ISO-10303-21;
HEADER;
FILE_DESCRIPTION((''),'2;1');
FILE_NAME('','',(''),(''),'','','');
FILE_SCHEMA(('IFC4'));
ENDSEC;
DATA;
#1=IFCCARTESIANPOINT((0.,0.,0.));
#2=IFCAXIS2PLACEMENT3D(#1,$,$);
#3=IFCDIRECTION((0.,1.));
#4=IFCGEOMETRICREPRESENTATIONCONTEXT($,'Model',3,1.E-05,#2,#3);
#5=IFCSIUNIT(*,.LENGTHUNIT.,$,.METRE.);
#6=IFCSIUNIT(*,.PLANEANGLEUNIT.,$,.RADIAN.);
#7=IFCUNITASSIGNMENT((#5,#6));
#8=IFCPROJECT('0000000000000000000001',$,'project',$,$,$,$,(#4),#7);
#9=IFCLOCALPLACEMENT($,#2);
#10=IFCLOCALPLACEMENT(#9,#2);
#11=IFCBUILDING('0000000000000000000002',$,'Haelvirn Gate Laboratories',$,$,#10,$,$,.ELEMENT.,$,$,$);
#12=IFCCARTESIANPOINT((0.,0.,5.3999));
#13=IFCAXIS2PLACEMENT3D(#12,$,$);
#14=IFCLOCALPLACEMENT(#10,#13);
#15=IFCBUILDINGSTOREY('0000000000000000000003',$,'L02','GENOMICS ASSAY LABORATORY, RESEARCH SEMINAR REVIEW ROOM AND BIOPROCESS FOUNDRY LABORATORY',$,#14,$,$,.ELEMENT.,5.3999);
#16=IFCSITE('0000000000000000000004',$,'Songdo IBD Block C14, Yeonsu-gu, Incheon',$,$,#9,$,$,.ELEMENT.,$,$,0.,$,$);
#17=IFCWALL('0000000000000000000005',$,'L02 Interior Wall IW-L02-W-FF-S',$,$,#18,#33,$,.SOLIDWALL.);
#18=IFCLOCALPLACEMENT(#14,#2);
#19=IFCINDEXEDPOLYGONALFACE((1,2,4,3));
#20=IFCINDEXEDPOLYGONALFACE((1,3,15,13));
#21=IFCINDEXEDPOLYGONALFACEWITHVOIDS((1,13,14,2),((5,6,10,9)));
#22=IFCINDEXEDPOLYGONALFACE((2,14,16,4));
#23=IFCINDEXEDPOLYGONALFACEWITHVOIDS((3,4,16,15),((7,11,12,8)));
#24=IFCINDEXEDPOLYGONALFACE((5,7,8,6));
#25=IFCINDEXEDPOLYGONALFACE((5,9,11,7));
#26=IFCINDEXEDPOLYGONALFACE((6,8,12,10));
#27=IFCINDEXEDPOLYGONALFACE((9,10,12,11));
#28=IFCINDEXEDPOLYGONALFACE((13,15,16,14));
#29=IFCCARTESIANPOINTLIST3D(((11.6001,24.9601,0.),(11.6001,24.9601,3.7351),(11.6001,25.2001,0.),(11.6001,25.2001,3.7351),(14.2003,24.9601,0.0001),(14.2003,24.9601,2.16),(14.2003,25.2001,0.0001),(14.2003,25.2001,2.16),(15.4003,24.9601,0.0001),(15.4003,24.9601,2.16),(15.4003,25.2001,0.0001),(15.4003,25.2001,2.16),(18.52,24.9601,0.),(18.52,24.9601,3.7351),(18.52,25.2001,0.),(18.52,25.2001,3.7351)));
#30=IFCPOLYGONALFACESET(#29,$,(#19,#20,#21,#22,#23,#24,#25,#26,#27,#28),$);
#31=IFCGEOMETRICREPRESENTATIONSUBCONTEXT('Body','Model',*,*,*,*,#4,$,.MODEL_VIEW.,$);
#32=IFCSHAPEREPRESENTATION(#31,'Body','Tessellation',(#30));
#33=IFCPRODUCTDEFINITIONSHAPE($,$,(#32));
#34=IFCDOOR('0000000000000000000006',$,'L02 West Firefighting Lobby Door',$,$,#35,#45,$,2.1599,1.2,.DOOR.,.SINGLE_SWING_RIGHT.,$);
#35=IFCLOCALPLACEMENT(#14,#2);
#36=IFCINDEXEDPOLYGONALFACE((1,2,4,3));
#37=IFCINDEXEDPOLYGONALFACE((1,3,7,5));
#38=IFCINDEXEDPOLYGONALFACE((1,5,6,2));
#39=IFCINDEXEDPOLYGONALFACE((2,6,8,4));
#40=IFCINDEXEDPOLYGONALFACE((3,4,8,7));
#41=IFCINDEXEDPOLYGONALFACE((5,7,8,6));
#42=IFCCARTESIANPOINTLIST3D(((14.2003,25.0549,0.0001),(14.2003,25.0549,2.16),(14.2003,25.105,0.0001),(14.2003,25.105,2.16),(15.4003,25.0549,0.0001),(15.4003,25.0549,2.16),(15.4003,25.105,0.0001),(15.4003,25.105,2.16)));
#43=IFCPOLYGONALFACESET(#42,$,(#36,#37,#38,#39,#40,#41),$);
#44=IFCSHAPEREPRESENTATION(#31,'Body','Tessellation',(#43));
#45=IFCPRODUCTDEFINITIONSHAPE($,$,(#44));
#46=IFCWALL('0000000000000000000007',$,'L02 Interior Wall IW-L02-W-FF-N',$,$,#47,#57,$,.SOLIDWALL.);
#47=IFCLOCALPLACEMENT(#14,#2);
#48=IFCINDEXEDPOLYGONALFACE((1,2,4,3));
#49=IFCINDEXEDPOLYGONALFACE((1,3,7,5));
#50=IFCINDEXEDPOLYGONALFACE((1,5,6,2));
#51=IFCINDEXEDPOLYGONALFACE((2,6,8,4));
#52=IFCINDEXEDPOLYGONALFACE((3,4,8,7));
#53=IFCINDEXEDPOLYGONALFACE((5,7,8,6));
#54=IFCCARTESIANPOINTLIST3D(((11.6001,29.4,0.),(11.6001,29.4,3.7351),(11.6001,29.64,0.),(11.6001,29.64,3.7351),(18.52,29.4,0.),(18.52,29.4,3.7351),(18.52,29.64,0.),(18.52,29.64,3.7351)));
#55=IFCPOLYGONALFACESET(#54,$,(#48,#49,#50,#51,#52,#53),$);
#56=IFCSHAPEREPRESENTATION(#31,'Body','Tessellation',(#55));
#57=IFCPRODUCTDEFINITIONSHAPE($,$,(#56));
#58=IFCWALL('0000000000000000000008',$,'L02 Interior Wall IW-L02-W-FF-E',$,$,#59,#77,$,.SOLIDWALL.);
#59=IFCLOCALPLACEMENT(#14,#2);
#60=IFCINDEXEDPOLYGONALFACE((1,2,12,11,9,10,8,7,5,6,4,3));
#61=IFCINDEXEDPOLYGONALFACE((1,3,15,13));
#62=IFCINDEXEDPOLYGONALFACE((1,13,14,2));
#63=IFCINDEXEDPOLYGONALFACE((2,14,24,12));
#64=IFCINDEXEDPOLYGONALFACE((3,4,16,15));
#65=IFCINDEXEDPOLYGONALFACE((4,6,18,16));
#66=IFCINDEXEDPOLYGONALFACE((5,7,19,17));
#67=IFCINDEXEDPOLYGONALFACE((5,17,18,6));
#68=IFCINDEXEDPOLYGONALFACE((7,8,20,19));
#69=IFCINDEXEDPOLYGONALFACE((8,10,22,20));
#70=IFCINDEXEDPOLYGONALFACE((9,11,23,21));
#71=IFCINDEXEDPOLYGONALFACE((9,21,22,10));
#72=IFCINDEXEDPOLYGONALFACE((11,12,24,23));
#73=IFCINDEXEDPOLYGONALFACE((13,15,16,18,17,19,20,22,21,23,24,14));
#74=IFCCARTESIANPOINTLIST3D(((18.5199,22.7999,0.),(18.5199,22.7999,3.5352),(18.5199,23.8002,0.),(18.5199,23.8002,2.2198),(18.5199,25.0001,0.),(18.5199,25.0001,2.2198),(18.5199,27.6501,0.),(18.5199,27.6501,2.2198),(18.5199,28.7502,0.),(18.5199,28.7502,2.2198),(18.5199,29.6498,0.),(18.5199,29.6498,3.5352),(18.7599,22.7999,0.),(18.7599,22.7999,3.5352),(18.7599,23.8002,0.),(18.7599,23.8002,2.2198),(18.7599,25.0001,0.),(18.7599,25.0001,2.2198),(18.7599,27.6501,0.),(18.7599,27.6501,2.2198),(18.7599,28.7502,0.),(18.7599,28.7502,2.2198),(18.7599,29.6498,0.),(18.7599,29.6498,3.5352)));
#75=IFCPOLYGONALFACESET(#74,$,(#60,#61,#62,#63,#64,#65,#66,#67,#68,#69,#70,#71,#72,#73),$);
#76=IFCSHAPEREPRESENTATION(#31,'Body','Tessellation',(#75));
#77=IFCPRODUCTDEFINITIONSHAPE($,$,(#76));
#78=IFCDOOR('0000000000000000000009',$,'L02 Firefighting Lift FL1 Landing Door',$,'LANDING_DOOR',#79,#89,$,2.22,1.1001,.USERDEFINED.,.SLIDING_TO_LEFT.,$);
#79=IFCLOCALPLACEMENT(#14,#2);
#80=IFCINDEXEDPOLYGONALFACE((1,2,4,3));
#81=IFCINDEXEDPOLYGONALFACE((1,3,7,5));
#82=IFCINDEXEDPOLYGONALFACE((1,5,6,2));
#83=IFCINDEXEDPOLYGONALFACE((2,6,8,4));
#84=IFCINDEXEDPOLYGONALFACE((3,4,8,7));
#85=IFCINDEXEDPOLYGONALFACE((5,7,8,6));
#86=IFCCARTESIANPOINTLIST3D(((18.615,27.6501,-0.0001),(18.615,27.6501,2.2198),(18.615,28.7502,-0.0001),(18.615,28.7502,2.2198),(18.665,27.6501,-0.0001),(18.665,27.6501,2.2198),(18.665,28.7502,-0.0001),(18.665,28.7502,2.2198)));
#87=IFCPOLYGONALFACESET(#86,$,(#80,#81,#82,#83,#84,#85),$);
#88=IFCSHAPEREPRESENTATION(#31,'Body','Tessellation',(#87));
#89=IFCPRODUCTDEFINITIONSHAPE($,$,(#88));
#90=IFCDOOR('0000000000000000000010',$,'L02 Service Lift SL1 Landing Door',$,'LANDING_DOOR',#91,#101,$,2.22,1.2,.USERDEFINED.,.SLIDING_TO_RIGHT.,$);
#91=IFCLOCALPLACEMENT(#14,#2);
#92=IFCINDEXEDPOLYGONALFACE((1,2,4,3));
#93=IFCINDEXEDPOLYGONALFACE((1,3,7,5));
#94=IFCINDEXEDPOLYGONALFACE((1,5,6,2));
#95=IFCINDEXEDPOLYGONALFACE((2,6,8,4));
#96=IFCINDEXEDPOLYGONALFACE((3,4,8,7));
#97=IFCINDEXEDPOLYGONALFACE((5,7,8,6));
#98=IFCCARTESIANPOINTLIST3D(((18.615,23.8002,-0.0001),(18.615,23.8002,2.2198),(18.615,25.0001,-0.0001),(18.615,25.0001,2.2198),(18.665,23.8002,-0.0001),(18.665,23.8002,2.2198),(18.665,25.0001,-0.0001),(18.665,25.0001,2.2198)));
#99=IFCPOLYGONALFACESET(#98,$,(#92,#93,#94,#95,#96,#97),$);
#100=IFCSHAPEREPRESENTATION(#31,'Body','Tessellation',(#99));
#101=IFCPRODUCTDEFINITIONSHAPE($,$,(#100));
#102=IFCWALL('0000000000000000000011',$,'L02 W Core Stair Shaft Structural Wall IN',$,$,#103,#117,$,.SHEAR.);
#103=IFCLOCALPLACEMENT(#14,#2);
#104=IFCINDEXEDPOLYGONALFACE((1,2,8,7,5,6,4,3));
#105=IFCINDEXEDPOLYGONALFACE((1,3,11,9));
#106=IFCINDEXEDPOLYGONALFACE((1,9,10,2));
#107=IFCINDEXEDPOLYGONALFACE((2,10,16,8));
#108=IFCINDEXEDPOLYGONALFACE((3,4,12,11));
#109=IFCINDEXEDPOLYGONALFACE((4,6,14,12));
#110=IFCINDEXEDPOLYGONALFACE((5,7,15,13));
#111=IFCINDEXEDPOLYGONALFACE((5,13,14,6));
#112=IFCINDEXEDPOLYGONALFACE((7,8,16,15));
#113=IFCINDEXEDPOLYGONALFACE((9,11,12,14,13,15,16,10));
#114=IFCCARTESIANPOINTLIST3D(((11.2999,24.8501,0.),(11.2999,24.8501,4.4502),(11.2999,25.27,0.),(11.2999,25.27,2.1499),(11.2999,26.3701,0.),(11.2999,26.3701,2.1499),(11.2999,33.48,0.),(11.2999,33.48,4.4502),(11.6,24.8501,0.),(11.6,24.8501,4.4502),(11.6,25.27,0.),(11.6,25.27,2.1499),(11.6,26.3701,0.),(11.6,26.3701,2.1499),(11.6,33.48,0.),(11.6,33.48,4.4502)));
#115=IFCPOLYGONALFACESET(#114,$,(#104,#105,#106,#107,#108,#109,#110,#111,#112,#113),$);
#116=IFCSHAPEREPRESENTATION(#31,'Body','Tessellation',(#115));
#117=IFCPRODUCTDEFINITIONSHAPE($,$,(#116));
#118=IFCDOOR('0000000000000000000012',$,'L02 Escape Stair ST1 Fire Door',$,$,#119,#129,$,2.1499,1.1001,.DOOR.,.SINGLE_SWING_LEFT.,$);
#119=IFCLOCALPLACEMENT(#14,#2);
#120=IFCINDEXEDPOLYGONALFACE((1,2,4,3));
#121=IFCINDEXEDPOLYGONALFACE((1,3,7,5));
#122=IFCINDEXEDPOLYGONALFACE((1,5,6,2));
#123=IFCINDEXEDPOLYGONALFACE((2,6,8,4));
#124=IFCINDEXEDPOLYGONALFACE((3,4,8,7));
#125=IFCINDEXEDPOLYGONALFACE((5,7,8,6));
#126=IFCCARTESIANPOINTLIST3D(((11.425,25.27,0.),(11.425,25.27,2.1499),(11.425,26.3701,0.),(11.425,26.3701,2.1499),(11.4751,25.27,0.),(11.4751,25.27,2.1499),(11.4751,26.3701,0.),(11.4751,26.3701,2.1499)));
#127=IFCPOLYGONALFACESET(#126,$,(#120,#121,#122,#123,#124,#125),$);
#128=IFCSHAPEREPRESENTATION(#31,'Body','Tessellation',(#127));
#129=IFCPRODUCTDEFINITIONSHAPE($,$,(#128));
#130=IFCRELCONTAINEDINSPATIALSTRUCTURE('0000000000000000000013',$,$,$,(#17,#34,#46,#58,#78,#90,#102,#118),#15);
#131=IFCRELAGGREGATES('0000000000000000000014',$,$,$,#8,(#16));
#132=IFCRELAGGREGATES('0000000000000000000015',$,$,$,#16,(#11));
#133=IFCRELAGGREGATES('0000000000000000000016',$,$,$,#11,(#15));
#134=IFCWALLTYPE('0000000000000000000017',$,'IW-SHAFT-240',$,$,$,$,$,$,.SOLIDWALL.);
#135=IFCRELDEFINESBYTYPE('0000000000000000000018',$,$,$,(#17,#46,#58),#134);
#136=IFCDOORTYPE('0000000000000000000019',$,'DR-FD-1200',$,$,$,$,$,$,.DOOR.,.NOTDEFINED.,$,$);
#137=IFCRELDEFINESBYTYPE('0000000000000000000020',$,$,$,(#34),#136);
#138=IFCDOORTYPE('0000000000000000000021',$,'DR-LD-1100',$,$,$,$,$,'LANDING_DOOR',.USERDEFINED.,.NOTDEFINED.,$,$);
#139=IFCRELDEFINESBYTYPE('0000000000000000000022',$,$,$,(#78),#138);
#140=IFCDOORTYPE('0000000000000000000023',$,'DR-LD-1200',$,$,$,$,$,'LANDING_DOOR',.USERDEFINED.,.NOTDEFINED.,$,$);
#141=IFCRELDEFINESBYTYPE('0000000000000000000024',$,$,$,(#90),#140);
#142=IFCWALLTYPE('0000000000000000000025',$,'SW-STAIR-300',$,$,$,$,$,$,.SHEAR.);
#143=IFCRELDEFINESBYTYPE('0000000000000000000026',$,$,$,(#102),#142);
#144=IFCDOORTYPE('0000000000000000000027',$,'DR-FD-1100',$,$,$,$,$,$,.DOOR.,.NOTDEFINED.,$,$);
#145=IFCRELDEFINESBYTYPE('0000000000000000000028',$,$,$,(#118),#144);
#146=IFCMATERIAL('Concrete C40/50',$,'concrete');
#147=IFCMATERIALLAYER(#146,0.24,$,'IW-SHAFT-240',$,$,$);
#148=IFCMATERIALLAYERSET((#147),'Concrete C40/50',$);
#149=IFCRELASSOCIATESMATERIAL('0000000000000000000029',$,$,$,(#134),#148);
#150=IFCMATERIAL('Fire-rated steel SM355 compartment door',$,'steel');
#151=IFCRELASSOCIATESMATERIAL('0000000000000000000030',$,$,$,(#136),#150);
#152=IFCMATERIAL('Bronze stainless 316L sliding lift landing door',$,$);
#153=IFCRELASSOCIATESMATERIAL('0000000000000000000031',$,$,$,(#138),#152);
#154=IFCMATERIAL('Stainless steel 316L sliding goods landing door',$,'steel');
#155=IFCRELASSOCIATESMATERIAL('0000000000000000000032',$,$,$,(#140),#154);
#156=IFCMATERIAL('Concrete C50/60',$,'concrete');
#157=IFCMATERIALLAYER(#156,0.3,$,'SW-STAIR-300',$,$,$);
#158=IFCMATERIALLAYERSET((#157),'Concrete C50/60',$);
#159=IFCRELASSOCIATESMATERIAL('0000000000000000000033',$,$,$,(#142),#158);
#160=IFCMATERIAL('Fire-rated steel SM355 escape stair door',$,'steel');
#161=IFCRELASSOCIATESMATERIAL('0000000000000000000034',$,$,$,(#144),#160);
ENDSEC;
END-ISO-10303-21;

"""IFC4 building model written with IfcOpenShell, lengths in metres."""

from ifc_helpers import new_model, si_unit, direction, frame, frame_2d, origin, place, context, subcontext, project, spatial, rectangle, extrude, source, transform, mapped, material, layer, layer_set, type_object, type_shapes, element, fill, save


model = new_model("IFC4")

# Units and contexts
model_context = context("Model", 3, precision=1e-05, world=origin(), true_north=direction((0.0, 1.0)))
body_context = subcontext(model_context, "Body", "Model", "MODEL_VIEW")
ifc_project = project(units=[si_unit("LENGTHUNIT", "METRE"), si_unit("PLANEANGLEUNIT", "RADIAN")], contexts=[model_context])

# Site, building, storey
site_placement = place(None, origin())
site = spatial("IfcSite", under=ifc_project, at=site_placement, Name="Songdo IBD Block C14, Yeonsu-gu, Incheon", CompositionType="ELEMENT", RefElevation=0.0)
building_placement = place(site_placement, origin())
building = spatial("IfcBuilding", under=site, at=building_placement, Name="Haelvirn Gate Laboratories", CompositionType="ELEMENT")
storey_placement = place(building_placement, frame((0.0, 0.0, 5.3999)))
storey = spatial("IfcBuildingStorey", under=building, at=storey_placement, Name="L02", Description="GENOMICS ASSAY LABORATORY, RESEARCH SEMINAR REVIEW ROOM AND BIOPROCESS FOUNDRY LABORATORY", CompositionType="ELEMENT", Elevation=5.3999)

# Shared definitions
ifc_material_1 = material(Name="Concrete C40/50", Category="concrete")

# Wall, opening, door
ifc_layer_1 = layer(ifc_material_1, 0.24, Name="IW-SHAFT-240")
ifc_layer_set_1 = layer_set([ifc_layer_1], Name="Concrete C40/50")
wall_type_1 = type_object("IfcWallType", Name="IW-SHAFT-240", PredefinedType="SOLIDWALL", material=ifc_layer_set_1)
wall_1_placement = place(storey_placement, frame((11.6001, 25.0801, 0.0), z_axis=(0.0, 0.0, 1.0), x_axis=(1.0, 0.0, 0.0)))
wall_1 = element("IfcWall", 1, at=wall_1_placement, inside=storey, type_object=wall_type_1, Name="L02 Interior Wall IW-L02-W-FF-S", PredefinedType="SOLIDWALL", context=body_context, shape_type="SweptSolid", body=[
    extrude(rectangle(XDim=6.9199, YDim=0.24, at=frame_2d((3.46, 0.0))), origin(), (0.0, 0.0, 1.0), 3.7351),
])
opening_1_placement = place(wall_1_placement, frame((2.6001, 0.0, 0.0)))
opening_1 = element("IfcOpeningElement", 2, at=opening_1_placement, cuts=wall_1, PredefinedType="OPENING", context=body_context, shape_type="SweptSolid", body=[
    extrude(rectangle(XDim=1.2, YDim=2.1599, at=frame_2d((0.6001, 1.0801))), frame((0.0, 0.1299, 0.0), z_axis=(0.0, -1.0, 0.0), x_axis=(1.0, 0.0, 0.0)), (0.0, 0.0, 1.0), 0.26),
])
ifc_material_2 = material(Name="Fire-rated steel SM355 compartment door", Category="steel")
door_type_1 = type_object("IfcDoorType", Name="DR-FD-1200", OperationType="NOTDEFINED", PredefinedType="DOOR", material=ifc_material_2)
shared_shape_1 = source(origin(), body_context, "Body", "SweptSolid", [
    extrude(rectangle(XDim=1.2, YDim=2.1599, at=frame_2d((0.6001, 1.0801))), frame((0.0, 0.0249, 0.0), z_axis=(0.0, -1.0, 0.0), x_axis=(1.0, 0.0, 0.0)), (0.0, 0.0, 1.0), 0.05),
])
type_shapes(door_type_1, [shared_shape_1])
door_1_placement = place(opening_1_placement, origin())
door_1 = element("IfcDoor", 3, at=door_1_placement, inside=storey, type_object=door_type_1, Name="L02 West Firefighting Lobby Door", OperationType="SINGLE_SWING_RIGHT", OverallHeight=2.1599, OverallWidth=1.2, PredefinedType="DOOR", context=body_context, shape_type="MappedRepresentation", body=[
    mapped(shared_shape_1, transform((0.0, 0.0, 0.0), scale=1.0)),
])
fill(opening_1, door_1)

# Wall
wall_2_placement = place(storey_placement, frame((11.6001, 29.52, 0.0), z_axis=(0.0, 0.0, 1.0), x_axis=(1.0, 0.0, 0.0)))
element("IfcWall", 4, at=wall_2_placement, inside=storey, type_object=wall_type_1, Name="L02 Interior Wall IW-L02-W-FF-N", PredefinedType="SOLIDWALL", context=body_context, shape_type="SweptSolid", body=[
    extrude(rectangle(XDim=6.9199, YDim=0.24, at=frame_2d((3.46, 0.0))), origin(), (0.0, 0.0, 1.0), 3.7351),
])

# Wall, openings, doors
wall_3_placement = place(storey_placement, frame((18.6399, 22.8, 0.0), z_axis=(0.0, 0.0, 1.0), x_axis=(0.0, 1.0, 0.0)))
wall_3 = element("IfcWall", 5, at=wall_3_placement, inside=storey, type_object=wall_type_1, Name="L02 Interior Wall IW-L02-W-FF-E", PredefinedType="SOLIDWALL", context=body_context, shape_type="SweptSolid", body=[
    extrude(rectangle(XDim=6.8499, YDim=0.24, at=frame_2d((3.4248, 0.0))), origin(), (0.0, 0.0, 1.0), 3.5352),
])
opening_2_placement = place(wall_3_placement, frame((4.8501, 0.0, 0.0)))
opening_2 = element("IfcOpeningElement", 6, at=opening_2_placement, cuts=wall_3, PredefinedType="OPENING", context=body_context, shape_type="SweptSolid", body=[
    extrude(rectangle(XDim=1.1001, YDim=2.22, at=frame_2d((0.55, 1.1099))), frame((0.0, 0.1299, 0.0), z_axis=(0.0, -1.0, 0.0), x_axis=(1.0, 0.0, 0.0)), (0.0, 0.0, 1.0), 0.26),
])
opening_3_placement = place(wall_3_placement, frame((1.0, 0.0, 0.0)))
opening_3 = element("IfcOpeningElement", 7, at=opening_3_placement, cuts=wall_3, PredefinedType="OPENING", context=body_context, shape_type="SweptSolid", body=[
    extrude(rectangle(XDim=1.2, YDim=2.22, at=frame_2d((0.6001, 1.1099))), frame((0.0, 0.1299, 0.0), z_axis=(0.0, -1.0, 0.0), x_axis=(1.0, 0.0, 0.0)), (0.0, 0.0, 1.0), 0.26),
])
ifc_material_3 = material(Name="Bronze stainless 316L sliding lift landing door")
door_type_2 = type_object("IfcDoorType", Name="DR-LD-1100", ElementType="LANDING_DOOR", OperationType="NOTDEFINED", PredefinedType="USERDEFINED", material=ifc_material_3)
shared_shape_2 = source(origin(), body_context, "Body", "SweptSolid", [
    extrude(rectangle(XDim=1.1001, YDim=2.22, at=frame_2d((0.55, 1.1099))), frame((0.0, 0.0249, 0.0), z_axis=(0.0, -1.0, 0.0), x_axis=(1.0, 0.0, 0.0)), (0.0, 0.0, 1.0), 0.05),
])
type_shapes(door_type_2, [shared_shape_2])
door_2_placement = place(opening_2_placement, origin())
door_2 = element("IfcDoor", 8, at=door_2_placement, inside=storey, type_object=door_type_2, Name="L02 Firefighting Lift FL1 Landing Door", ObjectType="LANDING_DOOR", OperationType="SLIDING_TO_LEFT", OverallHeight=2.22, OverallWidth=1.1001, PredefinedType="USERDEFINED", context=body_context, shape_type="MappedRepresentation", body=[
    mapped(shared_shape_2, transform((0.0, 0.0, 0.0), scale=1.0)),
])
fill(opening_2, door_2)
ifc_material_4 = material(Name="Stainless steel 316L sliding goods landing door", Category="steel")
door_type_3 = type_object("IfcDoorType", Name="DR-LD-1200", ElementType="LANDING_DOOR", OperationType="NOTDEFINED", PredefinedType="USERDEFINED", material=ifc_material_4)
shared_shape_3 = source(origin(), body_context, "Body", "SweptSolid", [
    extrude(rectangle(XDim=1.2, YDim=2.22, at=frame_2d((0.6001, 1.1099))), frame((0.0, 0.0249, 0.0), z_axis=(0.0, -1.0, 0.0), x_axis=(1.0, 0.0, 0.0)), (0.0, 0.0, 1.0), 0.05),
])
type_shapes(door_type_3, [shared_shape_3])
door_3_placement = place(opening_3_placement, origin())
door_3 = element("IfcDoor", 9, at=door_3_placement, inside=storey, type_object=door_type_3, Name="L02 Service Lift SL1 Landing Door", ObjectType="LANDING_DOOR", OperationType="SLIDING_TO_RIGHT", OverallHeight=2.22, OverallWidth=1.2, PredefinedType="USERDEFINED", context=body_context, shape_type="MappedRepresentation", body=[
    mapped(shared_shape_3, transform((0.0, 0.0, 0.0), scale=1.0)),
])
fill(opening_3, door_3)

# Wall, opening, door
ifc_material_5 = material(Name="Concrete C50/60", Category="concrete")
ifc_layer_2 = layer(ifc_material_5, 0.3, Name="SW-STAIR-300")
ifc_layer_set_2 = layer_set([ifc_layer_2], Name="Concrete C50/60")
wall_type_2 = type_object("IfcWallType", Name="SW-STAIR-300", PredefinedType="SHEAR", material=ifc_layer_set_2)
wall_4_placement = place(storey_placement, frame((11.45, 24.8501, 0.0), z_axis=(0.0, 0.0, 1.0), x_axis=(0.0, 1.0, 0.0)))
wall_4 = element("IfcWall", 10, at=wall_4_placement, inside=storey, type_object=wall_type_2, Name="L02 W Core Stair Shaft Structural Wall IN", PredefinedType="SHEAR", context=body_context, shape_type="SweptSolid", body=[
    extrude(rectangle(XDim=8.6299, YDim=0.3, at=frame_2d((4.3149, 0.0))), origin(), (0.0, 0.0, 1.0), 4.4502),
])
opening_4_placement = place(wall_4_placement, frame((0.4199, 0.0, 0.0)))
opening_4 = element("IfcOpeningElement", 11, at=opening_4_placement, cuts=wall_4, PredefinedType="OPENING", context=body_context, shape_type="SweptSolid", body=[
    extrude(rectangle(XDim=1.1001, YDim=2.1499, at=frame_2d((0.55, 1.075))), frame((0.0, 0.1602, 0.0), z_axis=(0.0, -1.0, 0.0), x_axis=(1.0, 0.0, 0.0)), (0.0, 0.0, 1.0), 0.3201),
])
ifc_material_6 = material(Name="Fire-rated steel SM355 escape stair door", Category="steel")
door_type_4 = type_object("IfcDoorType", Name="DR-FD-1100", OperationType="NOTDEFINED", PredefinedType="DOOR", material=ifc_material_6)
shared_shape_4 = source(origin(), body_context, "Body", "SweptSolid", [
    extrude(rectangle(XDim=1.1001, YDim=2.1499, at=frame_2d((0.55, 1.075))), frame((0.0, 0.0249, 0.0), z_axis=(0.0, -1.0, 0.0), x_axis=(1.0, 0.0, 0.0)), (0.0, 0.0, 1.0), 0.05),
])
type_shapes(door_type_4, [shared_shape_4])
door_4_placement = place(opening_4_placement, origin())
door_4 = element("IfcDoor", 12, at=door_4_placement, inside=storey, type_object=door_type_4, Name="L02 Escape Stair ST1 Fire Door", OperationType="SINGLE_SWING_LEFT", OverallHeight=2.1499, OverallWidth=1.1001, PredefinedType="DOOR", context=body_context, shape_type="MappedRepresentation", body=[
    mapped(shared_shape_4, transform((0.0, 0.0, 0.0), scale=1.0)),
])
fill(opening_4, door_4)

save(model, "model.ifc")
